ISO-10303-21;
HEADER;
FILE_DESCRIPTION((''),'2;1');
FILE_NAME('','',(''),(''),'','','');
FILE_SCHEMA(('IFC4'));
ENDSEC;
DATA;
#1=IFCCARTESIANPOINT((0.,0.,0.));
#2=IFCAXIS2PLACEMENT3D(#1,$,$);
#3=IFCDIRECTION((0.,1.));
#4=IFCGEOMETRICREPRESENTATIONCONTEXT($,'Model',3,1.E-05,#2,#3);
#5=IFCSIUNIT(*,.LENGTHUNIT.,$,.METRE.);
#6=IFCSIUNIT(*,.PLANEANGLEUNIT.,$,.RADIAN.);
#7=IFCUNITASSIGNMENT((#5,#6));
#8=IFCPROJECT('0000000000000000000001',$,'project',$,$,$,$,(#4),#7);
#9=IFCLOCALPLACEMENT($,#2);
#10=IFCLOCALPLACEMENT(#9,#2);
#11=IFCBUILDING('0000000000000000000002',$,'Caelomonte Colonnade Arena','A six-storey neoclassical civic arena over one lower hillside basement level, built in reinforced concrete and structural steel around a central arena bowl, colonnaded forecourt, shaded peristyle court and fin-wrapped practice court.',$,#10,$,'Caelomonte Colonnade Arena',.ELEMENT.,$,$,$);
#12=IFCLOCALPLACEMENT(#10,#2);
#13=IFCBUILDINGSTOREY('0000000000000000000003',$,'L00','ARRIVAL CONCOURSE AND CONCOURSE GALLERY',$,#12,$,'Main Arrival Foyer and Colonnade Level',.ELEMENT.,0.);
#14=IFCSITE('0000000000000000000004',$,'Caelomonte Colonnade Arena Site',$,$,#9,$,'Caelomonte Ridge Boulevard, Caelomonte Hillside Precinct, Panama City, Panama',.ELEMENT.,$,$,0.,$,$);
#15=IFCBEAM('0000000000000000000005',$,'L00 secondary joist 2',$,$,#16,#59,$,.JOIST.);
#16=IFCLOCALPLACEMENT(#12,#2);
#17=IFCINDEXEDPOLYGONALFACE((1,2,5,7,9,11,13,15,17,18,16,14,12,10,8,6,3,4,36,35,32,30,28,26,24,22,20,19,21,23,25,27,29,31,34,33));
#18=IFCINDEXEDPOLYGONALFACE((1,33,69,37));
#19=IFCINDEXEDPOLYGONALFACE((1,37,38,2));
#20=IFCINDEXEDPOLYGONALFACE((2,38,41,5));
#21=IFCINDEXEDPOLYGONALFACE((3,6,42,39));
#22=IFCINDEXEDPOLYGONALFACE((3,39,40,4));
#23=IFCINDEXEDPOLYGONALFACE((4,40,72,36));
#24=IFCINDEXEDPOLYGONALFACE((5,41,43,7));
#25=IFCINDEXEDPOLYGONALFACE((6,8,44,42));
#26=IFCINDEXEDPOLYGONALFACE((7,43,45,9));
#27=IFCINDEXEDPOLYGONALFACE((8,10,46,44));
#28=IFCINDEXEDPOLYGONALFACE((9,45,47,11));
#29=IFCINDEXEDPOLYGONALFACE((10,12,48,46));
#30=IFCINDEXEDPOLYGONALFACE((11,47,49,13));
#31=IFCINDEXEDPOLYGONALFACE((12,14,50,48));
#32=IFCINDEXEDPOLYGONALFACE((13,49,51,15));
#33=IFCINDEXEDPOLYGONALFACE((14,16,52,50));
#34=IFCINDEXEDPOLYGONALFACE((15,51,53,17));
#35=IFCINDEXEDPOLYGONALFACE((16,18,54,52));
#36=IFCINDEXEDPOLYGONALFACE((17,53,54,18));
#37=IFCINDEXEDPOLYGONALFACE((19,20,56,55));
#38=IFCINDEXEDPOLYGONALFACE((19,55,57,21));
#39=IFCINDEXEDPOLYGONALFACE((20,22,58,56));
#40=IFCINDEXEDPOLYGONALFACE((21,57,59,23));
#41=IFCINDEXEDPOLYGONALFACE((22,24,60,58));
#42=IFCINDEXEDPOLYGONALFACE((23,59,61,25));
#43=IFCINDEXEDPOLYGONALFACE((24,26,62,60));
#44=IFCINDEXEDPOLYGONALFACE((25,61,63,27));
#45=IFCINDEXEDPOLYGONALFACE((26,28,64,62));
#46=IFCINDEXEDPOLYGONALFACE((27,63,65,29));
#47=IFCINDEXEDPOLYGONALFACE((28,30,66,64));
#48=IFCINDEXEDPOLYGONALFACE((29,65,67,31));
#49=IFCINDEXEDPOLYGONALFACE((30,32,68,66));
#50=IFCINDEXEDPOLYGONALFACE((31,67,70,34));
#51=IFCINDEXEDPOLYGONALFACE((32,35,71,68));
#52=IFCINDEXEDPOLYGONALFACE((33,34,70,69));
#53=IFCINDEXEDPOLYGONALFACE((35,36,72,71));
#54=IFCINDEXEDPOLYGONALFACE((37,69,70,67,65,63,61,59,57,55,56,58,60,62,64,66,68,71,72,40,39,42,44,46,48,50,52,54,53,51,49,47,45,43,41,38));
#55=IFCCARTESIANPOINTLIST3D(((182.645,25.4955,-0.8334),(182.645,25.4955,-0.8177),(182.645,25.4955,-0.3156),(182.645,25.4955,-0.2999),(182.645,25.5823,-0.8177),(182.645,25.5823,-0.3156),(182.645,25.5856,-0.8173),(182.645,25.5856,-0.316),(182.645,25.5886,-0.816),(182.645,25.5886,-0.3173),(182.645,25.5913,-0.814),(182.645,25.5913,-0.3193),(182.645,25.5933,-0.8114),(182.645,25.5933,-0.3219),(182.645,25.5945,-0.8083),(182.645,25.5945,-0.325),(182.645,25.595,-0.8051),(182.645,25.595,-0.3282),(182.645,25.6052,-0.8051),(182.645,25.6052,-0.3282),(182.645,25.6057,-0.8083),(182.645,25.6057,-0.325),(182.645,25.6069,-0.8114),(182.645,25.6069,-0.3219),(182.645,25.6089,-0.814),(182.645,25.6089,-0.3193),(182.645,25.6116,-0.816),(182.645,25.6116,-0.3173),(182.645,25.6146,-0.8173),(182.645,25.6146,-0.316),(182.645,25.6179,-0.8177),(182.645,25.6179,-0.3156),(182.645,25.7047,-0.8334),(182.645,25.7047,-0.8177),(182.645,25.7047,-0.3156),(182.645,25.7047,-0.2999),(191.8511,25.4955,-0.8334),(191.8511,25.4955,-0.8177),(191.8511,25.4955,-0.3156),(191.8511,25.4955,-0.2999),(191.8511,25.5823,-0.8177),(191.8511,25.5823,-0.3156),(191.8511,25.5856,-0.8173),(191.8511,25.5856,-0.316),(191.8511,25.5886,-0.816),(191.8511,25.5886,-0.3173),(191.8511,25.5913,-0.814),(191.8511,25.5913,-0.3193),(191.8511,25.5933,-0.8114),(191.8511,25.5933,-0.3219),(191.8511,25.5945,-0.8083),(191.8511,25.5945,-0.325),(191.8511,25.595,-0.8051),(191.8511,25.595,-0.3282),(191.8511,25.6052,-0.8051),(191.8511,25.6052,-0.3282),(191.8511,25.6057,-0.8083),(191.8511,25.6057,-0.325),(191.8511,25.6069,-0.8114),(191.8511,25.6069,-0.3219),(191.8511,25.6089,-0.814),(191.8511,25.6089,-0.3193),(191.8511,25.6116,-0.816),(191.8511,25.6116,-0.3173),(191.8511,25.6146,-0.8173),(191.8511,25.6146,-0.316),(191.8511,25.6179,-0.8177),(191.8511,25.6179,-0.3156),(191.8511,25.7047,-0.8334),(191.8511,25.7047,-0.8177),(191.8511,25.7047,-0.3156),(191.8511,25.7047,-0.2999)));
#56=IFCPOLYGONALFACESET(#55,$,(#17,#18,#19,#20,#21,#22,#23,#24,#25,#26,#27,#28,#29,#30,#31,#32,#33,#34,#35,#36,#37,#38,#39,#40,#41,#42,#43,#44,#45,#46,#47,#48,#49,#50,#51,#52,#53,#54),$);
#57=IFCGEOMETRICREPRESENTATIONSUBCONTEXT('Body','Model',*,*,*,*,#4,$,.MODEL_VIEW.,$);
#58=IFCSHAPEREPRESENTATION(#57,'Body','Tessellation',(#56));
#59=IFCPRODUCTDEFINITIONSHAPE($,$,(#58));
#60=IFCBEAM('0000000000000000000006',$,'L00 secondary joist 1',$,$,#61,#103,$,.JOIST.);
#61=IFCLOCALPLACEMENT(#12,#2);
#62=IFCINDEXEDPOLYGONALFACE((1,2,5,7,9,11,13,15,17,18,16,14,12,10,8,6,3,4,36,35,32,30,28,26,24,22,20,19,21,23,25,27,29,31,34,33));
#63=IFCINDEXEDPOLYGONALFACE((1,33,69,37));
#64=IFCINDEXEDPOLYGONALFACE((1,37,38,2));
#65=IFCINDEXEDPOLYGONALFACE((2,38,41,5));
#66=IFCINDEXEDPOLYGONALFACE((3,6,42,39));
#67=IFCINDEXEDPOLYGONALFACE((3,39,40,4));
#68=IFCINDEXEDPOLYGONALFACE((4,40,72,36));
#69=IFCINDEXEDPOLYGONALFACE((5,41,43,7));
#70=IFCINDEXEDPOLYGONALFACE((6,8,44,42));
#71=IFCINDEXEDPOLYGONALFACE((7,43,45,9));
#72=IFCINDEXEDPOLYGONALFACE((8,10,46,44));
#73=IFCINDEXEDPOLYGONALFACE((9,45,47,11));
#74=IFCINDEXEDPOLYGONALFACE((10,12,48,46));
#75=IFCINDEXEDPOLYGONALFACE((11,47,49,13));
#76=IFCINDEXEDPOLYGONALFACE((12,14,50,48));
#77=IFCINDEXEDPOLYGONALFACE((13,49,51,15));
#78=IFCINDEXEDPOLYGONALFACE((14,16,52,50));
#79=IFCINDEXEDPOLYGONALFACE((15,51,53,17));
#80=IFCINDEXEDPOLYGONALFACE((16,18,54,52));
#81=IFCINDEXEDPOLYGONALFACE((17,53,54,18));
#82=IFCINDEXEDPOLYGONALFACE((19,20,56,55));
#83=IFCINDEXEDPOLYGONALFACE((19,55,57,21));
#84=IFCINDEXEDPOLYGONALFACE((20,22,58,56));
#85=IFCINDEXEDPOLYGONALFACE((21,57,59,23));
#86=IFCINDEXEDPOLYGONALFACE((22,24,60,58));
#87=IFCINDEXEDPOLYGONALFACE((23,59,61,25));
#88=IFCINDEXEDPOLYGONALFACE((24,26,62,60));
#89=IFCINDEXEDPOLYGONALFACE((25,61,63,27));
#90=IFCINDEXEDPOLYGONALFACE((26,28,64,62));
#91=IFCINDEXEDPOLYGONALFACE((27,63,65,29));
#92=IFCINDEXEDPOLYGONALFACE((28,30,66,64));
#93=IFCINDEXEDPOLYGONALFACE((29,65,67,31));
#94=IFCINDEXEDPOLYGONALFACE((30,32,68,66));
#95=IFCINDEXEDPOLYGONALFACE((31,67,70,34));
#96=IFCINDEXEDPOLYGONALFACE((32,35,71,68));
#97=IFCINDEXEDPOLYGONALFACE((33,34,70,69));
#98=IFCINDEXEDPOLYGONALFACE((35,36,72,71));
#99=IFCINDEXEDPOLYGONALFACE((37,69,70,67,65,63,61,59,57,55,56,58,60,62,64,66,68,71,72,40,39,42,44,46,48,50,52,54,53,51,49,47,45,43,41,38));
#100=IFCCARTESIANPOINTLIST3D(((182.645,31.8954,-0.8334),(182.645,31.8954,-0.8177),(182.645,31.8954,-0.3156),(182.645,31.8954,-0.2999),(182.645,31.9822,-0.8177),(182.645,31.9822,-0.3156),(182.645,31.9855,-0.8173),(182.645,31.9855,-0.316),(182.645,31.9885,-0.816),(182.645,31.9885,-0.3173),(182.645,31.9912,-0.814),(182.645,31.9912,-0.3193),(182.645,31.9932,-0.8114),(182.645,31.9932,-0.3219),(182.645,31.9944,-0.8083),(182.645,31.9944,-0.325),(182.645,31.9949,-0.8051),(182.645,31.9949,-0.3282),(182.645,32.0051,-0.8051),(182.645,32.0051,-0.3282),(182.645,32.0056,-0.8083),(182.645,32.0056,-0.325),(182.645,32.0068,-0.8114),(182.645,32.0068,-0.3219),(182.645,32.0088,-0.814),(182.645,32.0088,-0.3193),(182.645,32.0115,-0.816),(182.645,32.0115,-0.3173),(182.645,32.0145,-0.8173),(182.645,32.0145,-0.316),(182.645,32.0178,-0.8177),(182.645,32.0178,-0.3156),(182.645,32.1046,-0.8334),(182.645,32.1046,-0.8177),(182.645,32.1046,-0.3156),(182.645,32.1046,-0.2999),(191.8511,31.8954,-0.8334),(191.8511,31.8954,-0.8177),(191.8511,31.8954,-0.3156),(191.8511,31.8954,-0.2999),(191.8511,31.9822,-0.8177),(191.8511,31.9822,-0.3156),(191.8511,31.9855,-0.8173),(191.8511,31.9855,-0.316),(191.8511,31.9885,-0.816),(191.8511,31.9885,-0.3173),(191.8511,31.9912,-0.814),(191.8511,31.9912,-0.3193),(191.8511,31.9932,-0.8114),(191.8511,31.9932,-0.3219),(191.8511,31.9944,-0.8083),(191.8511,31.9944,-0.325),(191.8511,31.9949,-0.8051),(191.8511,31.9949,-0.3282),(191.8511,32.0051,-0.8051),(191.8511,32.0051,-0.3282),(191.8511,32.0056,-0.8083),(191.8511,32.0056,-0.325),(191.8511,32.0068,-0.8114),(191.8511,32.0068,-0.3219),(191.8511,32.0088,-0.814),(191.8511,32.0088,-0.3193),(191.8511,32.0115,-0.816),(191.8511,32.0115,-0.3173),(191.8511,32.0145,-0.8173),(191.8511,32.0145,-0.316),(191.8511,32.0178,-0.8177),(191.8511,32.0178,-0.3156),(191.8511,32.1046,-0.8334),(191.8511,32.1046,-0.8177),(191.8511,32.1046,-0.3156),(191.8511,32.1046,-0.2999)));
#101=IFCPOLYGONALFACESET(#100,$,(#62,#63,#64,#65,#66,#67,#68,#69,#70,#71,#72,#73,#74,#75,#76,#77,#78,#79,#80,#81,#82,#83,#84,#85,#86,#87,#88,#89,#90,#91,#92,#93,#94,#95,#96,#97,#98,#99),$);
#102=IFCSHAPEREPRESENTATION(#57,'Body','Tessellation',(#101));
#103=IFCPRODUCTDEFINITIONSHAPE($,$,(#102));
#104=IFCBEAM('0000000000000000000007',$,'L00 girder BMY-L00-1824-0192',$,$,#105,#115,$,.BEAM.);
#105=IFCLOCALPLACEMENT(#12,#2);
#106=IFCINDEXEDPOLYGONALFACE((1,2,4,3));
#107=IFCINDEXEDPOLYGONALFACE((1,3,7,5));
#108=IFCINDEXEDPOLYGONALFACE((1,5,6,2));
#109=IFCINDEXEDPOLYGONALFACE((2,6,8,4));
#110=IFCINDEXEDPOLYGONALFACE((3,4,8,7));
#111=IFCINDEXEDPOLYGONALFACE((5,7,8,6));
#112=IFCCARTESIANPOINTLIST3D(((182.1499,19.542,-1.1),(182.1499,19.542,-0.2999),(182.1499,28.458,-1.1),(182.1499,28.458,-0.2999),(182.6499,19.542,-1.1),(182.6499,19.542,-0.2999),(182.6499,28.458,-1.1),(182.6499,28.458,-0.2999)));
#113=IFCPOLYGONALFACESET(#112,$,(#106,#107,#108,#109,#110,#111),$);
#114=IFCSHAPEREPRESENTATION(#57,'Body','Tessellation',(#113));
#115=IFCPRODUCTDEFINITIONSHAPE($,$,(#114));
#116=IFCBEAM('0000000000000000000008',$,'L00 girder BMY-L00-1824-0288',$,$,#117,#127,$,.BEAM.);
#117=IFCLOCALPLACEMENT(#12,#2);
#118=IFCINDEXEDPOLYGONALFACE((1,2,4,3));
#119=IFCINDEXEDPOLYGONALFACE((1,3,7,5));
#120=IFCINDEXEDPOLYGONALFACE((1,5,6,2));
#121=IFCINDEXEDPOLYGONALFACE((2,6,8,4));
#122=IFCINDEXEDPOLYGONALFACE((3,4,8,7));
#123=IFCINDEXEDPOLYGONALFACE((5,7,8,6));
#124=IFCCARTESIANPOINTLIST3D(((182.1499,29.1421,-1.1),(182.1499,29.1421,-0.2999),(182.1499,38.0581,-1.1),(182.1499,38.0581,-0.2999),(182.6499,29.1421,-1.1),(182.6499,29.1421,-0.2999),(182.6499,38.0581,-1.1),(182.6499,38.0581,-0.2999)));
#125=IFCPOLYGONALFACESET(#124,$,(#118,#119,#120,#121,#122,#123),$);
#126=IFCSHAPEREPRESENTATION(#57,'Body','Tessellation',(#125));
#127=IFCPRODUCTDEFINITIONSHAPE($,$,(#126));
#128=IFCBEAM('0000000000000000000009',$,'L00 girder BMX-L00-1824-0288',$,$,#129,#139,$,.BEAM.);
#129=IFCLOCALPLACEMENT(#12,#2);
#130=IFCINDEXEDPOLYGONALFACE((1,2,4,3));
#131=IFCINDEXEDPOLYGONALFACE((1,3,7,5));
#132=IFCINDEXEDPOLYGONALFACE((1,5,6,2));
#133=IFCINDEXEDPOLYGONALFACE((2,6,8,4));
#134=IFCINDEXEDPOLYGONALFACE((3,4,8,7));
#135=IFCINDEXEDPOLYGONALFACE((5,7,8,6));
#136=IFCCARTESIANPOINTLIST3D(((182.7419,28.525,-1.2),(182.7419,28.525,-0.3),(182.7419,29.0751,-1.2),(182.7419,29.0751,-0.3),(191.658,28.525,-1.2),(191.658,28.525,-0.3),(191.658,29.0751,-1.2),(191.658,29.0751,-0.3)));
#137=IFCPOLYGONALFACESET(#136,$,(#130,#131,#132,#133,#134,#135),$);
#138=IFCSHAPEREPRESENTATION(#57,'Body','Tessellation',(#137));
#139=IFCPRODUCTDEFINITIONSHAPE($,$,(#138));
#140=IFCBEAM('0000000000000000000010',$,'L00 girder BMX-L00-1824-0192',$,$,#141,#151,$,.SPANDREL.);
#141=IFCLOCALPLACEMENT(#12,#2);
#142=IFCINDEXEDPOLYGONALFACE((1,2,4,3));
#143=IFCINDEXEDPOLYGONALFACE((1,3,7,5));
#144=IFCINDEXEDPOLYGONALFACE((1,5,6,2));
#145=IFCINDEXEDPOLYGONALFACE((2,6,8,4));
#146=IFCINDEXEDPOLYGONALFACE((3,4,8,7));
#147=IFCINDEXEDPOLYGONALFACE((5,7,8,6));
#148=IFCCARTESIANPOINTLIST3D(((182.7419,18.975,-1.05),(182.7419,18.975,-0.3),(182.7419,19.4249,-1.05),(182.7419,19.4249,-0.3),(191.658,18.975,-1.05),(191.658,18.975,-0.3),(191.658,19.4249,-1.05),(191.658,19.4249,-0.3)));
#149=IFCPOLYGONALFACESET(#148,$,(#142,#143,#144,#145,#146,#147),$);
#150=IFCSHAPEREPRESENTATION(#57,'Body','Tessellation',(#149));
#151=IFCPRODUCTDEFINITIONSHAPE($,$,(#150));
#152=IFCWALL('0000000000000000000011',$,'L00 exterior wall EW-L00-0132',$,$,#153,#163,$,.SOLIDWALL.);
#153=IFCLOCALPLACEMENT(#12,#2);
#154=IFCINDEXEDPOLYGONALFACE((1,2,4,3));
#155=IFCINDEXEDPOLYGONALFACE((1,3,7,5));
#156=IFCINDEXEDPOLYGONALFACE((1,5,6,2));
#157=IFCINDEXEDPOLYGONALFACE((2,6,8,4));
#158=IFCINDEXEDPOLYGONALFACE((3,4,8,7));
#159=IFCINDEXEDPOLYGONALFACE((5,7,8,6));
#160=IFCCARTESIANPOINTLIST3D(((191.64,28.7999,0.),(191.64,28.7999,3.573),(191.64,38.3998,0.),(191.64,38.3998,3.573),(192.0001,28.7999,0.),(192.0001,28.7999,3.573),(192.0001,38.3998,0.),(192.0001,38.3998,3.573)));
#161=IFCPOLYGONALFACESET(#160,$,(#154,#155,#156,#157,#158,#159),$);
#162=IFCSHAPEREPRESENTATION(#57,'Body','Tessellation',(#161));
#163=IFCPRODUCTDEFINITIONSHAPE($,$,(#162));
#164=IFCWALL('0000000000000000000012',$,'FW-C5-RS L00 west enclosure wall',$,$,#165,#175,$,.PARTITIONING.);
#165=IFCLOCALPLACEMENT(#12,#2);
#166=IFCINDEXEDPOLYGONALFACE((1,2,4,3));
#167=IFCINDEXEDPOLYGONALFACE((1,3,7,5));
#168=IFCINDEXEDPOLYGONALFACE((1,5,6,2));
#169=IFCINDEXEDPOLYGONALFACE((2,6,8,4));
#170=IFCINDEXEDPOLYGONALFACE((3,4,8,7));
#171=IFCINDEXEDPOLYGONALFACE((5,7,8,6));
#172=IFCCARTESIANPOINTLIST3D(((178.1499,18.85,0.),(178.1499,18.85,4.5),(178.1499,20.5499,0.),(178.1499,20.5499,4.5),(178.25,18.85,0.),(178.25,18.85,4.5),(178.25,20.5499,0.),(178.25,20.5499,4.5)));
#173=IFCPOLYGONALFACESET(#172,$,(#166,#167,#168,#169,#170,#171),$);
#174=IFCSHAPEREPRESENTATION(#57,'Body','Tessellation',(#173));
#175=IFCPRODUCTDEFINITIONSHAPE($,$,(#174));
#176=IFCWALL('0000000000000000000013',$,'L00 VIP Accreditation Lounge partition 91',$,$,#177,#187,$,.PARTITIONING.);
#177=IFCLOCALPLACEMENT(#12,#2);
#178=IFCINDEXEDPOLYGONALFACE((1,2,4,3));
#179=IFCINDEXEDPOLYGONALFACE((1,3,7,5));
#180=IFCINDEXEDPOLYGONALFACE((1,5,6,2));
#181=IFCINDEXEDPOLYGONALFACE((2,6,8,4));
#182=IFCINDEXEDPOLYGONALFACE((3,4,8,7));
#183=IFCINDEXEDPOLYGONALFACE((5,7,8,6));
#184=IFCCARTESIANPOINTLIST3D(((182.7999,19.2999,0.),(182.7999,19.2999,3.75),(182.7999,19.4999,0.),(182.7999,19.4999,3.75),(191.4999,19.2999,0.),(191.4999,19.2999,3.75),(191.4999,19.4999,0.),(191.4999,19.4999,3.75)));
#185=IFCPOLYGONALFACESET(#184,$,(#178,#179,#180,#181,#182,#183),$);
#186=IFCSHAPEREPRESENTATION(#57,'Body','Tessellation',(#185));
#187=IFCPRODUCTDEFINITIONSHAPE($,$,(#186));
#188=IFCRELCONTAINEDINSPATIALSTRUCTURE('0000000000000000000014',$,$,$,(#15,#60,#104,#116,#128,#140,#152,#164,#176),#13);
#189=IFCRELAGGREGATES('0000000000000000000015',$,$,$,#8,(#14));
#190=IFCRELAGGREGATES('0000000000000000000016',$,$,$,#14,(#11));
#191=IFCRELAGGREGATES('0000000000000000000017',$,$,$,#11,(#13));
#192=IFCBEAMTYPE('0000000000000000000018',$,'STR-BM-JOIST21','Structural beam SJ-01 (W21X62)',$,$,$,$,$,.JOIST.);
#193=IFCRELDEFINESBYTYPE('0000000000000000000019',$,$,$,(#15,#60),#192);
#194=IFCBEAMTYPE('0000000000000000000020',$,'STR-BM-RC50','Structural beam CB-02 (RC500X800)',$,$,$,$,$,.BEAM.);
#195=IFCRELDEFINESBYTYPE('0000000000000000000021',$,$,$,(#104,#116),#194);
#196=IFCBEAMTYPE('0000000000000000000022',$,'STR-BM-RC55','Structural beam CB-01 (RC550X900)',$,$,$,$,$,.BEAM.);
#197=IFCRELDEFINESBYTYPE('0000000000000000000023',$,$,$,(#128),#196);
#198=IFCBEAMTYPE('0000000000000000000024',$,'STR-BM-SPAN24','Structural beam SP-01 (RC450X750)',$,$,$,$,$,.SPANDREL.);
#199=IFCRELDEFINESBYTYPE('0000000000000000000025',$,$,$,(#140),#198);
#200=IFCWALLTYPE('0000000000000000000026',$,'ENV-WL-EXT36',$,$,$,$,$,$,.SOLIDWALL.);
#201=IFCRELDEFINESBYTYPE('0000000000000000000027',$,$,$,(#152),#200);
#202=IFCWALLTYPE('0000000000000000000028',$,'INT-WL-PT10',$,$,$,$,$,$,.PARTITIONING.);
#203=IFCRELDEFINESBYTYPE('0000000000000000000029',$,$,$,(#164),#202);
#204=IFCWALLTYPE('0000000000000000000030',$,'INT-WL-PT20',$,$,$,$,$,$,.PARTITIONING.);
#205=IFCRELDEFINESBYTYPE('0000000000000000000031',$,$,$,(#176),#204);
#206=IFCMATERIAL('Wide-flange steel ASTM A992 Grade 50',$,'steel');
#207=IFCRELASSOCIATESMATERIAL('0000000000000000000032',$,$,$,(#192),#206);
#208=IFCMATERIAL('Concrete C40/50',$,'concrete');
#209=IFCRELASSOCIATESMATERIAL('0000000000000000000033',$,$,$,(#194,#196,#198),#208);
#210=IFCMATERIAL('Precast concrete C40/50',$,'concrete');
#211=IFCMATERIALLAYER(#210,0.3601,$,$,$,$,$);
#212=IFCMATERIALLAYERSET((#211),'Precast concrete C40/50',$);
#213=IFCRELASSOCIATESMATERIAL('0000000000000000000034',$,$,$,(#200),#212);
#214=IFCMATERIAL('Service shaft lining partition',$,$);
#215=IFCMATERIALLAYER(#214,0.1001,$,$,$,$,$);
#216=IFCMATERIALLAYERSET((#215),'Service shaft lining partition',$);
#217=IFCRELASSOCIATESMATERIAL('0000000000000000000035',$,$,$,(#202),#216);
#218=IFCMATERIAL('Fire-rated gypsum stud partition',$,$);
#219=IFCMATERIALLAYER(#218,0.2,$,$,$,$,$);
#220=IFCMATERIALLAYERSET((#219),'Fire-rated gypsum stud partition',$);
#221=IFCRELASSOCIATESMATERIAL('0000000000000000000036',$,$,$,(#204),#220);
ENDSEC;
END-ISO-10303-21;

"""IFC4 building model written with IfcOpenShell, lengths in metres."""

from ifc_helpers import new_model, si_unit, direction, frame, frame_2d, origin, origin_2d, place, context, subcontext, project, spatial, rectangle, i_section, extrude, material, layer, layer_set, material_profile, profile_set, type_object, element, save


model = new_model("IFC4")

# Units and contexts
model_context = context("Model", 3, precision=1e-05, world=origin(), true_north=direction((0.0, 1.0)))
body_context = subcontext(model_context, "Body", "Model", "MODEL_VIEW")
ifc_project = project(units=[si_unit("LENGTHUNIT", "METRE"), si_unit("PLANEANGLEUNIT", "RADIAN")], contexts=[model_context])

# Site, building, storey
site_placement = place(None, origin())
site = spatial("IfcSite", under=ifc_project, at=site_placement, Name="Caelomonte Colonnade Arena Site", LongName="Caelomonte Ridge Boulevard, Caelomonte Hillside Precinct, Panama City, Panama", CompositionType="ELEMENT", RefElevation=0.0)
building_placement = place(site_placement, origin())
building = spatial("IfcBuilding", under=site, at=building_placement, Name="Caelomonte Colonnade Arena", Description="A six-storey neoclassical civic arena over one lower hillside basement level, built in reinforced concrete and structural steel around a central arena bowl, colonnaded forecourt, shaded peristyle court and fin-wrapped practice court.", LongName="Caelomonte Colonnade Arena", CompositionType="ELEMENT")
storey_placement = place(building_placement, origin())
storey = spatial("IfcBuildingStorey", under=building, at=storey_placement, Name="L00", Description="ARRIVAL CONCOURSE AND CONCOURSE GALLERY", LongName="Main Arrival Foyer and Colonnade Level", CompositionType="ELEMENT", Elevation=0.0)

# Shared definitions
ifc_material_1 = material(Name="Concrete C40/50", Category="concrete")

# Beams
ifc_material_2 = material(Name="Wide-flange steel ASTM A992 Grade 50", Category="steel")
ifc_material_profile_1 = material_profile(ifc_material_2, i_section(OverallWidth=0.2092, OverallDepth=0.5334, WebThickness=0.0103, FlangeThickness=0.0156, FilletRadius=0.0127, at=origin_2d()), Name="W21X62")
ifc_profile_set_1 = profile_set([ifc_material_profile_1], Name="Wide-flange steel ASTM A992 Grade 50")
beam_type_1 = type_object("IfcBeamType", Name="STR-BM-JOIST21", Description="Structural beam SJ-01 (W21X62)", PredefinedType="JOIST", material=ifc_profile_set_1)
for number, where, z_axis, x_axis, name in (
    (1, (182.645, 25.6001, -0.5667), (1.0, 0.0, 0.0), (0.0, 1.0, 0.0), "L00 secondary joist 2"),
    (2, (182.645, 32.0, -0.5667), (1.0, 0.0, 0.0), (0.0, 1.0, 0.0), "L00 secondary joist 1"),
):
    element("IfcBeam", number, at=place(storey_placement, frame(where, z_axis=z_axis, x_axis=x_axis)), inside=storey, type_object=beam_type_1, Name=name, PredefinedType="JOIST", context=body_context, shape_type="SweptSolid", body=[
        extrude(i_section(OverallWidth=0.2092, OverallDepth=0.5334, WebThickness=0.0103, FlangeThickness=0.0156, FilletRadius=0.0127, at=origin_2d()), origin(), (0.0, 0.0, 1.0), 9.2061),
    ])
ifc_material_profile_2 = material_profile(ifc_material_1, rectangle(XDim=0.5, YDim=0.8, at=origin_2d()), Name="RC500X800")
ifc_profile_set_2 = profile_set([ifc_material_profile_2], Name="Concrete C40/50")
beam_type_2 = type_object("IfcBeamType", Name="STR-BM-RC50", Description="Structural beam CB-02 (RC500X800)", PredefinedType="BEAM", material=ifc_profile_set_2)
for number, where, z_axis, x_axis, name in (
    (3, (182.3999, 19.542, -0.7), (0.0, 1.0, 0.0), (-1.0, 0.0, 0.0), "L00 girder BMY-L00-1824-0192"),
    (4, (182.3999, 29.1421, -0.7), (0.0, 1.0, 0.0), (-1.0, 0.0, 0.0), "L00 girder BMY-L00-1824-0288"),
):
    element("IfcBeam", number, at=place(storey_placement, frame(where, z_axis=z_axis, x_axis=x_axis)), inside=storey, type_object=beam_type_2, Name=name, PredefinedType="BEAM", context=body_context, shape_type="SweptSolid", body=[
        extrude(rectangle(XDim=0.5, YDim=0.8, at=origin_2d()), origin(), (0.0, 0.0, 1.0), 8.916),
    ])
ifc_material_profile_3 = material_profile(ifc_material_1, rectangle(XDim=0.55, YDim=0.8999, at=origin_2d()), Name="RC550X900")
ifc_profile_set_3 = profile_set([ifc_material_profile_3], Name="Concrete C40/50")
beam_type_3 = type_object("IfcBeamType", Name="STR-BM-RC55", Description="Structural beam CB-01 (RC550X900)", PredefinedType="BEAM", material=ifc_profile_set_3)
beam_1_placement = place(storey_placement, frame((182.7419, 28.8, -0.75), z_axis=(1.0, 0.0, 0.0), x_axis=(0.0, 1.0, 0.0)))
element("IfcBeam", 5, at=beam_1_placement, inside=storey, type_object=beam_type_3, Name="L00 girder BMX-L00-1824-0288", PredefinedType="BEAM", context=body_context, shape_type="SweptSolid", body=[
    extrude(rectangle(XDim=0.55, YDim=0.8999, at=origin_2d()), origin(), (0.0, 0.0, 1.0), 8.916),
])
ifc_material_profile_4 = material_profile(ifc_material_1, rectangle(XDim=0.45, YDim=0.75, at=origin_2d()), Name="RC450X750")
ifc_profile_set_4 = profile_set([ifc_material_profile_4], Name="Concrete C40/50")
beam_type_4 = type_object("IfcBeamType", Name="STR-BM-SPAN24", Description="Structural beam SP-01 (RC450X750)", PredefinedType="SPANDREL", material=ifc_profile_set_4)
beam_2_placement = place(storey_placement, frame((182.7419, 19.2, -0.675), z_axis=(1.0, 0.0, 0.0), x_axis=(0.0, 1.0, 0.0)))
element("IfcBeam", 6, at=beam_2_placement, inside=storey, type_object=beam_type_4, Name="L00 girder BMX-L00-1824-0192", PredefinedType="SPANDREL", context=body_context, shape_type="SweptSolid", body=[
    extrude(rectangle(XDim=0.45, YDim=0.75, at=origin_2d()), origin(), (0.0, 0.0, 1.0), 8.916),
])

# Shared definitions
ifc_material_3 = material(Name="Precast concrete C40/50", Category="concrete")
ifc_layer_1 = layer(ifc_material_3, 0.3601)
ifc_layer_set_1 = layer_set([ifc_layer_1], Name="Precast concrete C40/50")
wall_type_1 = type_object("IfcWallType", Name="ENV-WL-EXT36", PredefinedType="SOLIDWALL", material=ifc_layer_set_1)

# Walls
wall_1_placement = place(storey_placement, frame((191.8201, 28.8, 0.0), z_axis=(0.0, 0.0, 1.0), x_axis=(0.0, 1.0, 0.0)))
element("IfcWall", 7, at=wall_1_placement, inside=storey, type_object=wall_type_1, Name="L00 exterior wall EW-L00-0132", PredefinedType="SOLIDWALL", context=body_context, shape_type="SweptSolid", body=[
    extrude(rectangle(XDim=9.5999, YDim=0.3601, at=frame_2d((4.7998, 0.0))), origin(), (0.0, 0.0, 1.0), 3.573),
])
ifc_material_4 = material(Name="Service shaft lining partition")
ifc_layer_2 = layer(ifc_material_4, 0.1001)
ifc_layer_set_2 = layer_set([ifc_layer_2], Name="Service shaft lining partition")
wall_type_2 = type_object("IfcWallType", Name="INT-WL-PT10", PredefinedType="PARTITIONING", material=ifc_layer_set_2)
wall_2_placement = place(storey_placement, frame((178.2, 20.55, 0.0), z_axis=(0.0, 0.0, 1.0), x_axis=(0.0, -1.0, 0.0)))
element("IfcWall", 8, at=wall_2_placement, inside=storey, type_object=wall_type_2, Name="FW-C5-RS L00 west enclosure wall", PredefinedType="PARTITIONING", context=body_context, shape_type="SweptSolid", body=[
    extrude(rectangle(XDim=1.7, YDim=0.1001, at=frame_2d((0.8501, 0.0))), origin(), (0.0, 0.0, 1.0), 4.5),
])
ifc_material_5 = material(Name="Fire-rated gypsum stud partition")
ifc_layer_3 = layer(ifc_material_5, 0.2)
ifc_layer_set_3 = layer_set([ifc_layer_3], Name="Fire-rated gypsum stud partition")
wall_type_3 = type_object("IfcWallType", Name="INT-WL-PT20", PredefinedType="PARTITIONING", material=ifc_layer_set_3)
wall_3_placement = place(storey_placement, frame((191.5, 19.3999, 0.0), z_axis=(0.0, 0.0, 1.0), x_axis=(-1.0, 0.0, 0.0)))
element("IfcWall", 9, at=wall_3_placement, inside=storey, type_object=wall_type_3, Name="L00 VIP Accreditation Lounge partition 91", PredefinedType="PARTITIONING", context=body_context, shape_type="SweptSolid", body=[
    extrude(rectangle(XDim=8.7, YDim=0.2, at=frame_2d((4.3501, 0.0))), origin(), (0.0, 0.0, 1.0), 3.75),
])

save(model, "model.ifc")
